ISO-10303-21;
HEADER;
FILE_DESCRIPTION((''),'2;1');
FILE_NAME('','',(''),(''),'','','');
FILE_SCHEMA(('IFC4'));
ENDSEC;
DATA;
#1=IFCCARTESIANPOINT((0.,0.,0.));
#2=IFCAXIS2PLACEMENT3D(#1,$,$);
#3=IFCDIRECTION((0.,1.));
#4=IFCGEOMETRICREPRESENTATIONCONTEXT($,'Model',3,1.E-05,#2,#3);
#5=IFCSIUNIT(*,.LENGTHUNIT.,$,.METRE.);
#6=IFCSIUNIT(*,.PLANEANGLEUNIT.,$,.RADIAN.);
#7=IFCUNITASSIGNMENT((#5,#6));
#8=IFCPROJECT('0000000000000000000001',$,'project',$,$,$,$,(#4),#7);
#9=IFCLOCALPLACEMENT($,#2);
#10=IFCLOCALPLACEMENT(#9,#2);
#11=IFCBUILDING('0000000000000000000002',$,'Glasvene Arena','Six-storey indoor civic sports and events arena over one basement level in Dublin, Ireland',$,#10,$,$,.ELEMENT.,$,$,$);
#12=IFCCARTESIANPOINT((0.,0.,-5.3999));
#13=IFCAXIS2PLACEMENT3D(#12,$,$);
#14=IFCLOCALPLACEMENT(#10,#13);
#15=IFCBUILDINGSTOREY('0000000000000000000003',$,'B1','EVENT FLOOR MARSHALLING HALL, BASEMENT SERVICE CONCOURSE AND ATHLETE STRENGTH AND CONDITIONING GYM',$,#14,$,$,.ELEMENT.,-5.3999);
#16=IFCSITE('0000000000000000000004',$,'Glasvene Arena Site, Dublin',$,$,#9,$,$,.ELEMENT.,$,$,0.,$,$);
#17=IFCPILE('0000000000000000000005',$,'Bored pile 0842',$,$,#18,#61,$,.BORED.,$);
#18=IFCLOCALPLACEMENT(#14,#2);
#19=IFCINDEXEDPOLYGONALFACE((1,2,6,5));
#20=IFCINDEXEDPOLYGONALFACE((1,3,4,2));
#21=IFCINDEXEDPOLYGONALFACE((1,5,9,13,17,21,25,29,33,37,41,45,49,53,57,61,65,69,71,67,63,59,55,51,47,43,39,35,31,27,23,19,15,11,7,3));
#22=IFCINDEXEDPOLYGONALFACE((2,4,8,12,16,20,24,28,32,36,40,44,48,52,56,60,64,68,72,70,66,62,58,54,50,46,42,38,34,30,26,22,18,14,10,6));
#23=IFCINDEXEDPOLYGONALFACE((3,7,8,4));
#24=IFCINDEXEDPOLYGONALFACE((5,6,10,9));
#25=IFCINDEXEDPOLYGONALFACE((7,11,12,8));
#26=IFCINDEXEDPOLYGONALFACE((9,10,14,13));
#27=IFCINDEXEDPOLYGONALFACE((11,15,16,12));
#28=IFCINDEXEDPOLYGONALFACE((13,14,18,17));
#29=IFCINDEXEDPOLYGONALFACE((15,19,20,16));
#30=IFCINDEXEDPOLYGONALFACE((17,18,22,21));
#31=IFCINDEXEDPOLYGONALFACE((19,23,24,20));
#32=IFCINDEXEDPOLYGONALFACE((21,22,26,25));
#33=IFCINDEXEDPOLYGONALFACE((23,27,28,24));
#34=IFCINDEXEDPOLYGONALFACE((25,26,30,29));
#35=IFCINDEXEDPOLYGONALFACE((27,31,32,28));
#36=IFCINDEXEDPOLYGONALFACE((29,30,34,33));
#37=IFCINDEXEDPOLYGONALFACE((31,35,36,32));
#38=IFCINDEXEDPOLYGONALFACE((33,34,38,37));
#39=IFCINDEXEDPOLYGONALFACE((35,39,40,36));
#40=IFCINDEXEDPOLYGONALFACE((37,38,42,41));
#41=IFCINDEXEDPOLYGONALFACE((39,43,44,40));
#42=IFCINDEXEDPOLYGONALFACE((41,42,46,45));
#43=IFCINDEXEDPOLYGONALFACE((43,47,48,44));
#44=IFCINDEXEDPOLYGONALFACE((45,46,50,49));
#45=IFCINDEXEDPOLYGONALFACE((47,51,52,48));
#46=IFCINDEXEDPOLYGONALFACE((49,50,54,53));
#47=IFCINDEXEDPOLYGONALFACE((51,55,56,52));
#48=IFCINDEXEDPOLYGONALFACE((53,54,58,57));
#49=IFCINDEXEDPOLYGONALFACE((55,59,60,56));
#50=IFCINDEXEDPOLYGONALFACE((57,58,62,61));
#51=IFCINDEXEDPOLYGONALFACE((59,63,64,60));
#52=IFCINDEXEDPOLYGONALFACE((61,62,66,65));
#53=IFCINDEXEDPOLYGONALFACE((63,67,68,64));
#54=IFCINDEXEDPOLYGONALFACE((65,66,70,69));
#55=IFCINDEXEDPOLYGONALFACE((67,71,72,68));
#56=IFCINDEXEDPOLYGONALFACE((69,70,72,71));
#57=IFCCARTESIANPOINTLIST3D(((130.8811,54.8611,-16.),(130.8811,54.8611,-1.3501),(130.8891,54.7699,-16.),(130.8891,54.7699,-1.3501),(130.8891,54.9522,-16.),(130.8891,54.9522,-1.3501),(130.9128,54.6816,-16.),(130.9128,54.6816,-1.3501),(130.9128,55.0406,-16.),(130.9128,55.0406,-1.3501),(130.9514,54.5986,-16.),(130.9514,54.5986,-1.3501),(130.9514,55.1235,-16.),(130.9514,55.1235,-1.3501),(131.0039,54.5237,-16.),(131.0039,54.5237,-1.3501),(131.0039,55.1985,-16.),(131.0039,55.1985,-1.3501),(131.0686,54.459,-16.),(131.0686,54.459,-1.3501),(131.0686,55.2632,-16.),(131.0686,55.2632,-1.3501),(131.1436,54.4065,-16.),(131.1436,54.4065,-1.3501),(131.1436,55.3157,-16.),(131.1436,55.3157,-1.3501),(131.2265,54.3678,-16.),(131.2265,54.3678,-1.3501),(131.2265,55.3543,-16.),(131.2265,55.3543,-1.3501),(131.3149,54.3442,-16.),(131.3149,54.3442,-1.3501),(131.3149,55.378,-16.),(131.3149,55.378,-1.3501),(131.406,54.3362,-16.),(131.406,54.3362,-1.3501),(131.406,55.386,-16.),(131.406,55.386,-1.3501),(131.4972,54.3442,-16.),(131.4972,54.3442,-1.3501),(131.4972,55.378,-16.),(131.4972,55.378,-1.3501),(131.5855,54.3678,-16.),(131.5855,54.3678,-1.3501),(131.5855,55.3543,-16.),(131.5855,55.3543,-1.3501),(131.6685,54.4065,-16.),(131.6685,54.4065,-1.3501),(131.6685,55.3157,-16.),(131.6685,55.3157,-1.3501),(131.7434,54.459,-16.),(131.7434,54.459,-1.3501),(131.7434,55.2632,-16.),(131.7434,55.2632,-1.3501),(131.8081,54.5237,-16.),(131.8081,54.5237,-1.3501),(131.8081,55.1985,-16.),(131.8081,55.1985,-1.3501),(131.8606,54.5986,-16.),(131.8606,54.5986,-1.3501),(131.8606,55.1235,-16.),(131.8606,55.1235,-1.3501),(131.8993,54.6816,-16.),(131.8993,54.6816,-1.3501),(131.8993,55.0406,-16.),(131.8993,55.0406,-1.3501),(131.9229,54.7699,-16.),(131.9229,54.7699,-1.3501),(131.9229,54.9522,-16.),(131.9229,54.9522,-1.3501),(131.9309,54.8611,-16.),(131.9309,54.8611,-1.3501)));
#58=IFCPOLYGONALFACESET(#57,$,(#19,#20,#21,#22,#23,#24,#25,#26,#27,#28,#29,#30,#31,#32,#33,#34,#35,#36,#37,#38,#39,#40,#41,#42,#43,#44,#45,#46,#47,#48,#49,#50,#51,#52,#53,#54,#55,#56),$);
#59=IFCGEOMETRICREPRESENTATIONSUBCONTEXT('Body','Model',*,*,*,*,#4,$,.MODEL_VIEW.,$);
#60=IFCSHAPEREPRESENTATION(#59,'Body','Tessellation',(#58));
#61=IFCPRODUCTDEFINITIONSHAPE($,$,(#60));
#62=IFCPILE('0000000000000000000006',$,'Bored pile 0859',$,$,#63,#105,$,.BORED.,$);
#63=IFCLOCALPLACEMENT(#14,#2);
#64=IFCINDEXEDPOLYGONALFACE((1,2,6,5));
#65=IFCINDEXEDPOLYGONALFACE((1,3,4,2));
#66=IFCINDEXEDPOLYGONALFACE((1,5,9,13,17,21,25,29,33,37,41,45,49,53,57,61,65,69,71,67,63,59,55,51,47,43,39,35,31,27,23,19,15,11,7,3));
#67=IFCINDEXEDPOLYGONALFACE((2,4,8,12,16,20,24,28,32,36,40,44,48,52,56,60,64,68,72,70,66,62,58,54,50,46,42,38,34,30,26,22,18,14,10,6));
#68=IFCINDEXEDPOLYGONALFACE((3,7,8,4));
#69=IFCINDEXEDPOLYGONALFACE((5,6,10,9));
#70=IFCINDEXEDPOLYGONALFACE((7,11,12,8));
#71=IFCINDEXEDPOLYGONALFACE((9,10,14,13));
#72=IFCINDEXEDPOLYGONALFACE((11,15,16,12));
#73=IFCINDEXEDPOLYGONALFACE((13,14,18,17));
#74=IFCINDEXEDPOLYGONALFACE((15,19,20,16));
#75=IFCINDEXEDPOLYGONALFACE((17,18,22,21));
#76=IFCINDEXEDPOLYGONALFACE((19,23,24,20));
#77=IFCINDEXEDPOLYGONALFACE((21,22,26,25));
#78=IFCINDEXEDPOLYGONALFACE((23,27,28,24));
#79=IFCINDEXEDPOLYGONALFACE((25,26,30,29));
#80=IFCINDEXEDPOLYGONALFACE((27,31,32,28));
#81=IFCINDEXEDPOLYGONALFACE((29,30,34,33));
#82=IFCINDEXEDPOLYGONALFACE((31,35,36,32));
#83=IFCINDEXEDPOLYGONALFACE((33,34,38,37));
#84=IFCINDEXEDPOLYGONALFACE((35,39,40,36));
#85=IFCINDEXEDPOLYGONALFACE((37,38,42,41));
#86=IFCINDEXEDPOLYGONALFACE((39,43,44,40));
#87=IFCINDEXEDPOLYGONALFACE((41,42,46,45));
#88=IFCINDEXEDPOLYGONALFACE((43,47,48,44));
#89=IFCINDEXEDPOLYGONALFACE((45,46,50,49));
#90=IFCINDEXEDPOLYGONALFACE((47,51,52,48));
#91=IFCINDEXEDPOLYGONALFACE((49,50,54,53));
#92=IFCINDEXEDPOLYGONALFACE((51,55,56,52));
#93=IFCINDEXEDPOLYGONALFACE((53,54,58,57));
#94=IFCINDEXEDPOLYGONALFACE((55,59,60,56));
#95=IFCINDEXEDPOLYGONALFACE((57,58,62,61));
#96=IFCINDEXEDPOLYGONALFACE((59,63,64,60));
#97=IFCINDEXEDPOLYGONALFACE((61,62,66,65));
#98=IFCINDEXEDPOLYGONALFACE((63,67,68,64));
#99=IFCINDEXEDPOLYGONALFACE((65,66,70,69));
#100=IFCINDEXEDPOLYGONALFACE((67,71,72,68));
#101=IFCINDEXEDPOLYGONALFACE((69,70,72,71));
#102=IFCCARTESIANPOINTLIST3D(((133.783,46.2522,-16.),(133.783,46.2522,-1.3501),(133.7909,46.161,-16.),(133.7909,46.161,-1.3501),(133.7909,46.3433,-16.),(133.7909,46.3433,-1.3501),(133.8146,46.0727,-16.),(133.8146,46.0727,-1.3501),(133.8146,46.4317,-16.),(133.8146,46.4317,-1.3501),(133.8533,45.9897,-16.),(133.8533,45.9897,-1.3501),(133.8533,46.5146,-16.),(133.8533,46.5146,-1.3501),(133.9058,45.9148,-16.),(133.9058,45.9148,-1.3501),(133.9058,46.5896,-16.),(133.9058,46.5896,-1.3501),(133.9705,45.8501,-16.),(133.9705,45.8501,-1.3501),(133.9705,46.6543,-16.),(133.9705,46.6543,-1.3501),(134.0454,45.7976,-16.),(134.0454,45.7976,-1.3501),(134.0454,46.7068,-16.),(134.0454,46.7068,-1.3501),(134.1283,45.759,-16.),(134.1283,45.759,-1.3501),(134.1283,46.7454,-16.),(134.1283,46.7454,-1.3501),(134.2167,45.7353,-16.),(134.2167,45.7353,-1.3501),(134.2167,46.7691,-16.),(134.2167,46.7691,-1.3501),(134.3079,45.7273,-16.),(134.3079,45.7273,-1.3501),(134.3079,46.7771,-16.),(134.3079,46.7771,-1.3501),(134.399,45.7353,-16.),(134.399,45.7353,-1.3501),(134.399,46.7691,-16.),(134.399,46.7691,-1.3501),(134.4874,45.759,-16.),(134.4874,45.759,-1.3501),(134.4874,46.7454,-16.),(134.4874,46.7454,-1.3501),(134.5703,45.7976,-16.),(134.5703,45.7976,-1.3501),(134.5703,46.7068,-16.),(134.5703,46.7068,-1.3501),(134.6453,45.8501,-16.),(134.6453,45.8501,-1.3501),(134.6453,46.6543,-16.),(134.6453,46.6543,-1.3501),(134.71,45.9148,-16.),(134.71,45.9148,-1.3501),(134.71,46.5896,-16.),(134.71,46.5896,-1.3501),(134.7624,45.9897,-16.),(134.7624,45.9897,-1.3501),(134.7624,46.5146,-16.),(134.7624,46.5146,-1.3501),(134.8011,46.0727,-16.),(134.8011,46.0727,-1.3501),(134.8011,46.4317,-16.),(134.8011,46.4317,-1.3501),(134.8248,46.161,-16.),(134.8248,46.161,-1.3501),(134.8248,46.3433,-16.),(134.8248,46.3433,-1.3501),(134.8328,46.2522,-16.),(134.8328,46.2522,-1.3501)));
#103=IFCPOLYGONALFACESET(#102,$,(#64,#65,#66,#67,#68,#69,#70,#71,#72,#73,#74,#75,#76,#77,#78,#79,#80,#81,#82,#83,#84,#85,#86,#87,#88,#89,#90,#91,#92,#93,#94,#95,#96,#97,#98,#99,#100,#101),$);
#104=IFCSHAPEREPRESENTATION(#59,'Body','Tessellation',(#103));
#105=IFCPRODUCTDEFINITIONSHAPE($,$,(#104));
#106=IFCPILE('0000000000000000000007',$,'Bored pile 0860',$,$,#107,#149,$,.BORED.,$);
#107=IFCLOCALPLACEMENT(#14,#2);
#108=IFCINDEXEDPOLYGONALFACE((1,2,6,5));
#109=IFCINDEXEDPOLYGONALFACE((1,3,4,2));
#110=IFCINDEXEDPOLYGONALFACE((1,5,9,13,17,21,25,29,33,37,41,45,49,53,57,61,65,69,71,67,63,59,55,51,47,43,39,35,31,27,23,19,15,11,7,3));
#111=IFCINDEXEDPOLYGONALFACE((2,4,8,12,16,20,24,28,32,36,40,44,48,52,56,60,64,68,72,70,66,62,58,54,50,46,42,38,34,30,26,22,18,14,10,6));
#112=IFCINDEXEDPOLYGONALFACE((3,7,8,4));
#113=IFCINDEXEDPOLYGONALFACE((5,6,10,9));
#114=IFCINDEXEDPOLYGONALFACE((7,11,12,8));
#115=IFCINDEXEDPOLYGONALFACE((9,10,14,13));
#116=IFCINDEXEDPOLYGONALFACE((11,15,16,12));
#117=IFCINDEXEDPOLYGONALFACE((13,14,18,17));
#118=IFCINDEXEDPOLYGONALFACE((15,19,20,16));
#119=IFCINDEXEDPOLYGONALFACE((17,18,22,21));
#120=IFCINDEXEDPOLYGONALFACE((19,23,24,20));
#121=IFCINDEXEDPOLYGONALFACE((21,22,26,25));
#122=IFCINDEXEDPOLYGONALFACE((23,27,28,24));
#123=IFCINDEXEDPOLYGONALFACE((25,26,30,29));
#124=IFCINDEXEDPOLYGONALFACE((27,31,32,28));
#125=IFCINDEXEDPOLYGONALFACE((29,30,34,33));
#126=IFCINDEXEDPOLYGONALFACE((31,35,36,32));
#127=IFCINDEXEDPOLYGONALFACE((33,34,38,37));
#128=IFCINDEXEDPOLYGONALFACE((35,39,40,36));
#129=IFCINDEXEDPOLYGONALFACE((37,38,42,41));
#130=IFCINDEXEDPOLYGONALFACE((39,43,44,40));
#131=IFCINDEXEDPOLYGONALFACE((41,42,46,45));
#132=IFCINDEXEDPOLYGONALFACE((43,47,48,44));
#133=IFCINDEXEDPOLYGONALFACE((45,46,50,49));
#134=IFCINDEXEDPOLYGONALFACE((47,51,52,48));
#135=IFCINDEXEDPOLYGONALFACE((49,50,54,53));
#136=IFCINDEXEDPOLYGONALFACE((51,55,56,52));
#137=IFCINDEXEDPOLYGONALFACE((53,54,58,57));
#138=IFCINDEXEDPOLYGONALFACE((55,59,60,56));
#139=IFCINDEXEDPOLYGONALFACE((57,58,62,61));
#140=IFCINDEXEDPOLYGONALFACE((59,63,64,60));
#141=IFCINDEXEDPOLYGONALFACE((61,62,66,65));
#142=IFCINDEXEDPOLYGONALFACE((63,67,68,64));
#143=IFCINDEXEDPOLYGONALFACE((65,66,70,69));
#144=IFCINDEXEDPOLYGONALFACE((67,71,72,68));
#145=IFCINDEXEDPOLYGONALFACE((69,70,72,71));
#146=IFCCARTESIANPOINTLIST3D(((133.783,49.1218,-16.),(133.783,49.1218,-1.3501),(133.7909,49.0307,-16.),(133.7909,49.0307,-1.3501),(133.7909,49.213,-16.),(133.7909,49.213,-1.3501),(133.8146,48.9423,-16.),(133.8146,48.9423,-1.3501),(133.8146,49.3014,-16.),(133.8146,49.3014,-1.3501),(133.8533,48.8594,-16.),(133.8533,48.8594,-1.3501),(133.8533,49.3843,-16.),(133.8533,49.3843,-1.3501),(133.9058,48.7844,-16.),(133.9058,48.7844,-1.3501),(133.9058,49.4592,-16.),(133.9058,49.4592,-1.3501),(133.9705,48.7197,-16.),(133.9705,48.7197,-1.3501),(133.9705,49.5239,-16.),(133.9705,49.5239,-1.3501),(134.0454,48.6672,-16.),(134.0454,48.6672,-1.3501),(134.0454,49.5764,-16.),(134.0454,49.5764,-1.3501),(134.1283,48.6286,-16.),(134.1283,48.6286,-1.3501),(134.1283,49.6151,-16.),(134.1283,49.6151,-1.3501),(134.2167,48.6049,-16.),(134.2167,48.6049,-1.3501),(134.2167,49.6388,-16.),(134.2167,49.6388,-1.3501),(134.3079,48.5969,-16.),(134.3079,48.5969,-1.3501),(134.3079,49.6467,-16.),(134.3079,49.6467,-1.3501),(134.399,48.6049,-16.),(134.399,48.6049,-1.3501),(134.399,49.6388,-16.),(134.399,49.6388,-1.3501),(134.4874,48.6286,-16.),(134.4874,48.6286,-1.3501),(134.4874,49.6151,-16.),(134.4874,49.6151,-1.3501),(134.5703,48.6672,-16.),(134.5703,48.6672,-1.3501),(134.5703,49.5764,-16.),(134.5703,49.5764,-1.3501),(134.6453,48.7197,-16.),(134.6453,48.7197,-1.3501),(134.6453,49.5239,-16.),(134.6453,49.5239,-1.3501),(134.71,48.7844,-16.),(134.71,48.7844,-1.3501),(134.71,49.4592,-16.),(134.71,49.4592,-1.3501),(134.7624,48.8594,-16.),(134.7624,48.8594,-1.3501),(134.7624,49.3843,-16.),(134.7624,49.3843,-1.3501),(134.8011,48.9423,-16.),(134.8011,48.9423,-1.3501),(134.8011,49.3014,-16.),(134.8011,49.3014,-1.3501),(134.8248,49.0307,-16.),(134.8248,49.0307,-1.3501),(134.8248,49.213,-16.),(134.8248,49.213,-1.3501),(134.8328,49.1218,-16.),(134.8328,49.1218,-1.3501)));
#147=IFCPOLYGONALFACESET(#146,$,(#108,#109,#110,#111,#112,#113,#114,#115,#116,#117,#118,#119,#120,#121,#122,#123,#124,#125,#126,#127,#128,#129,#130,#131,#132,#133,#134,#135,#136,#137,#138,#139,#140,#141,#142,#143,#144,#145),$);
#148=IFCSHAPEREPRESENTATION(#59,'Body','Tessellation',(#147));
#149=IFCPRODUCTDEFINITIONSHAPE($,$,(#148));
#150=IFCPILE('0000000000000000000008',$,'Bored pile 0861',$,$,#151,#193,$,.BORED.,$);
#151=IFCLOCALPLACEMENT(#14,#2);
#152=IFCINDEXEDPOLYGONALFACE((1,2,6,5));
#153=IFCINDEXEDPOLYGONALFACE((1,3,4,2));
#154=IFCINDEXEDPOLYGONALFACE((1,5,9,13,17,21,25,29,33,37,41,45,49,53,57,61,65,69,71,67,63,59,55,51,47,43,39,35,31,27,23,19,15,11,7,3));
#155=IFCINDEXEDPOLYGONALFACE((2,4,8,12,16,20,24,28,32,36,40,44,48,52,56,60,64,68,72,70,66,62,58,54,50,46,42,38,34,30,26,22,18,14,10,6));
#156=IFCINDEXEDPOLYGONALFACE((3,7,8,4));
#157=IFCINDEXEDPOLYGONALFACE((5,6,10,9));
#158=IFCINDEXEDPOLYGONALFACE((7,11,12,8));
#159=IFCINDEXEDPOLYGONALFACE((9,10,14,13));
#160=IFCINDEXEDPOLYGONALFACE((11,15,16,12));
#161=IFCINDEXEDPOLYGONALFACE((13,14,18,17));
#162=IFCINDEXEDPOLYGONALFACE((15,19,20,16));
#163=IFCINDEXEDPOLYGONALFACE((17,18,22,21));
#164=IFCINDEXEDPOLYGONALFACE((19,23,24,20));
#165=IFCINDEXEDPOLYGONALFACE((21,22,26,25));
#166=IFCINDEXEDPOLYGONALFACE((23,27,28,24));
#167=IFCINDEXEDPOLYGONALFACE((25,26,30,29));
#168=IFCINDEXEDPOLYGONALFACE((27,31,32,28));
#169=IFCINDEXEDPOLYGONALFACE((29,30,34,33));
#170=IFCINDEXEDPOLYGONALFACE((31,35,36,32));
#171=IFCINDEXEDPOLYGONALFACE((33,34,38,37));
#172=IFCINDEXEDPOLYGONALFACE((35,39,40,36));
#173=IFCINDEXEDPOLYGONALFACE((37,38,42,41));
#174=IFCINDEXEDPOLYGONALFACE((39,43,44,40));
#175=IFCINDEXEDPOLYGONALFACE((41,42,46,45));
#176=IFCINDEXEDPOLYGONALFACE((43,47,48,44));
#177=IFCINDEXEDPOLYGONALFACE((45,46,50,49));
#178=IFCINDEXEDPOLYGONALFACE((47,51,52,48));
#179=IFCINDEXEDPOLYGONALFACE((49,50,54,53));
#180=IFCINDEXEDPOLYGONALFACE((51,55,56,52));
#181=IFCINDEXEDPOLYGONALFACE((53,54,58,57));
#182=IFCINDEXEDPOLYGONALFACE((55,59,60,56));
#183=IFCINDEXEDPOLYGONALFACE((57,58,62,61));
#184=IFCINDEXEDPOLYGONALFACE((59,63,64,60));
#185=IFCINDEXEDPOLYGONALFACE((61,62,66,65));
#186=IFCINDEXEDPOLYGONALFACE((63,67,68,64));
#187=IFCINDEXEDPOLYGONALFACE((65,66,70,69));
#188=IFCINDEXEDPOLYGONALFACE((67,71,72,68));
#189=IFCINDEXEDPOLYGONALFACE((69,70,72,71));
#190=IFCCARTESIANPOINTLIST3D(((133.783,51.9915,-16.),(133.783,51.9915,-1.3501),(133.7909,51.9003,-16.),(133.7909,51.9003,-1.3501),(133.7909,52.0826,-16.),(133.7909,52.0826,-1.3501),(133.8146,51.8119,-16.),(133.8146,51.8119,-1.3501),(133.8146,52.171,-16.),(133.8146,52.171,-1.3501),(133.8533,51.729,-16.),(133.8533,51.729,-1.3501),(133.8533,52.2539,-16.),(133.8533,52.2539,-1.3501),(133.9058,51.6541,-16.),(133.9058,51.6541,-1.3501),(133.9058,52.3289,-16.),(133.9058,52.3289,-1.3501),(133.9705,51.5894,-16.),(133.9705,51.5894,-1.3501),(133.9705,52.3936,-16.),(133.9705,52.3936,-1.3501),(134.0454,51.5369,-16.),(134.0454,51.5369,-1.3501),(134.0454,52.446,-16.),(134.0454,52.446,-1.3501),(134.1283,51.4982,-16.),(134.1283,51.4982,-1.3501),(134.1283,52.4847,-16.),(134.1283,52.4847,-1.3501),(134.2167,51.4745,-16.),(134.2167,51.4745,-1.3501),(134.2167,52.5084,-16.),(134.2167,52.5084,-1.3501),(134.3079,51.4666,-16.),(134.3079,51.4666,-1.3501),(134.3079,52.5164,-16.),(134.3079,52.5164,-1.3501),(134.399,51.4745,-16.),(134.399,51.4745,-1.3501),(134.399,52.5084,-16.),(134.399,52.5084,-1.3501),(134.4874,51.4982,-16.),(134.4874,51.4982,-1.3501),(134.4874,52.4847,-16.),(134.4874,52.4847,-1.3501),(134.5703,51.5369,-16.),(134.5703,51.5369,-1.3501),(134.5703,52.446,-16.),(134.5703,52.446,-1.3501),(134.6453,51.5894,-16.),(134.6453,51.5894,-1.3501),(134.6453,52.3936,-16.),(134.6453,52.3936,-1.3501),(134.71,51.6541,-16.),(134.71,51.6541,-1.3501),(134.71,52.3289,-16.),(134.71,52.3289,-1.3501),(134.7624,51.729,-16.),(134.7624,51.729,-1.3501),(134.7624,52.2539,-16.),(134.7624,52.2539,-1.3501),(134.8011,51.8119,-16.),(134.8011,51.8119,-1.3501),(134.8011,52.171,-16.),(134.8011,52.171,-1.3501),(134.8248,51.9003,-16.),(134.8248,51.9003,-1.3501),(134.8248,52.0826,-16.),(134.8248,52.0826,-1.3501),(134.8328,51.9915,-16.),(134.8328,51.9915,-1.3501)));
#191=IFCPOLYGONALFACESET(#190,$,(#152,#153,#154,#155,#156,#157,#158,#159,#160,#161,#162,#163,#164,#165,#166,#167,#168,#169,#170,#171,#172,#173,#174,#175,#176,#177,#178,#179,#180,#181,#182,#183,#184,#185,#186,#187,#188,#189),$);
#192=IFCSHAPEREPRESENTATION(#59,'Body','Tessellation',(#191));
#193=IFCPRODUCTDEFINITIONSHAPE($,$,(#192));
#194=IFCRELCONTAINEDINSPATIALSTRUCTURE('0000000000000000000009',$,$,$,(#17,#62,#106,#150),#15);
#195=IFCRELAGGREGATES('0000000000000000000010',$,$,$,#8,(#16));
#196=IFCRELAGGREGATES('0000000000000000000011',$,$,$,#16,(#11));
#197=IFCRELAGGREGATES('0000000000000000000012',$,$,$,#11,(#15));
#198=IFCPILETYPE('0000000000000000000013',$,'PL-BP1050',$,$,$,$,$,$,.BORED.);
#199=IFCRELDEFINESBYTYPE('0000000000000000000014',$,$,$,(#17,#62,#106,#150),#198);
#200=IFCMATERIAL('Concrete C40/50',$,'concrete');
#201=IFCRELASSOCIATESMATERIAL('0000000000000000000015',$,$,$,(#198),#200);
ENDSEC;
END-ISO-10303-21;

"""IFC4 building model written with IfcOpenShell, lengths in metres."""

from ifc_helpers import new_model, si_unit, direction, frame, origin, origin_2d, place, context, subcontext, project, spatial, circle, extrude, material, material_profile, profile_set, type_object, element, save


model = new_model("IFC4")

# Units and contexts
model_context = context("Model", 3, precision=1e-05, world=origin(), true_north=direction((0.0, 1.0)))
body_context = subcontext(model_context, "Body", "Model", "MODEL_VIEW")
ifc_project = project(units=[si_unit("LENGTHUNIT", "METRE"), si_unit("PLANEANGLEUNIT", "RADIAN")], contexts=[model_context])

# Site, building, storey
site_placement = place(None, origin())
site = spatial("IfcSite", under=ifc_project, at=site_placement, Name="Glasvene Arena Site, Dublin", CompositionType="ELEMENT", RefElevation=0.0)
building_placement = place(site_placement, origin())
building = spatial("IfcBuilding", under=site, at=building_placement, Name="Glasvene Arena", Description="Six-storey indoor civic sports and events arena over one basement level in Dublin, Ireland", CompositionType="ELEMENT")
storey_placement = place(building_placement, frame((0.0, 0.0, -5.3999)))
storey = spatial("IfcBuildingStorey", under=building, at=storey_placement, Name="B1", Description="EVENT FLOOR MARSHALLING HALL, BASEMENT SERVICE CONCOURSE AND ATHLETE STRENGTH AND CONDITIONING GYM", CompositionType="ELEMENT", Elevation=-5.3999)

# Piles
ifc_material_1 = material(Name="Concrete C40/50", Category="concrete")
ifc_material_profile_1 = material_profile(ifc_material_1, circle(Radius=0.5249, at=origin_2d()), Name="BORED PILE 1050")
ifc_profile_set_1 = profile_set([ifc_material_profile_1], Name="Concrete C40/50")
pile_type = type_object("IfcPileType", Name="PL-BP1050", PredefinedType="BORED", material=ifc_profile_set_1)
for number, where, z_axis, x_axis, name in (
    (1, (131.406, 54.8611, -1.3501), (0.0, 0.0, -1.0), (1.0, 0.0, 0.0), "Bored pile 0842"),
    (2, (134.3079, 46.2522, -1.3501), (0.0, 0.0, -1.0), (1.0, 0.0, 0.0), "Bored pile 0859"),
    (3, (134.3079, 49.1218, -1.3501), (0.0, 0.0, -1.0), (1.0, 0.0, 0.0), "Bored pile 0860"),
    (4, (134.3079, 51.9915, -1.3501), (0.0, 0.0, -1.0), (1.0, 0.0, 0.0), "Bored pile 0861"),
):
    element("IfcPile", number, at=place(storey_placement, frame(where, z_axis=z_axis, x_axis=x_axis)), inside=storey, type_object=pile_type, Name=name, PredefinedType="BORED", context=body_context, shape_type="SweptSolid", body=[
        extrude(circle(Radius=0.5249, at=origin_2d()), origin(), (0.0, 0.0, 1.0), 14.6499),
    ])

save(model, "model.ifc")
